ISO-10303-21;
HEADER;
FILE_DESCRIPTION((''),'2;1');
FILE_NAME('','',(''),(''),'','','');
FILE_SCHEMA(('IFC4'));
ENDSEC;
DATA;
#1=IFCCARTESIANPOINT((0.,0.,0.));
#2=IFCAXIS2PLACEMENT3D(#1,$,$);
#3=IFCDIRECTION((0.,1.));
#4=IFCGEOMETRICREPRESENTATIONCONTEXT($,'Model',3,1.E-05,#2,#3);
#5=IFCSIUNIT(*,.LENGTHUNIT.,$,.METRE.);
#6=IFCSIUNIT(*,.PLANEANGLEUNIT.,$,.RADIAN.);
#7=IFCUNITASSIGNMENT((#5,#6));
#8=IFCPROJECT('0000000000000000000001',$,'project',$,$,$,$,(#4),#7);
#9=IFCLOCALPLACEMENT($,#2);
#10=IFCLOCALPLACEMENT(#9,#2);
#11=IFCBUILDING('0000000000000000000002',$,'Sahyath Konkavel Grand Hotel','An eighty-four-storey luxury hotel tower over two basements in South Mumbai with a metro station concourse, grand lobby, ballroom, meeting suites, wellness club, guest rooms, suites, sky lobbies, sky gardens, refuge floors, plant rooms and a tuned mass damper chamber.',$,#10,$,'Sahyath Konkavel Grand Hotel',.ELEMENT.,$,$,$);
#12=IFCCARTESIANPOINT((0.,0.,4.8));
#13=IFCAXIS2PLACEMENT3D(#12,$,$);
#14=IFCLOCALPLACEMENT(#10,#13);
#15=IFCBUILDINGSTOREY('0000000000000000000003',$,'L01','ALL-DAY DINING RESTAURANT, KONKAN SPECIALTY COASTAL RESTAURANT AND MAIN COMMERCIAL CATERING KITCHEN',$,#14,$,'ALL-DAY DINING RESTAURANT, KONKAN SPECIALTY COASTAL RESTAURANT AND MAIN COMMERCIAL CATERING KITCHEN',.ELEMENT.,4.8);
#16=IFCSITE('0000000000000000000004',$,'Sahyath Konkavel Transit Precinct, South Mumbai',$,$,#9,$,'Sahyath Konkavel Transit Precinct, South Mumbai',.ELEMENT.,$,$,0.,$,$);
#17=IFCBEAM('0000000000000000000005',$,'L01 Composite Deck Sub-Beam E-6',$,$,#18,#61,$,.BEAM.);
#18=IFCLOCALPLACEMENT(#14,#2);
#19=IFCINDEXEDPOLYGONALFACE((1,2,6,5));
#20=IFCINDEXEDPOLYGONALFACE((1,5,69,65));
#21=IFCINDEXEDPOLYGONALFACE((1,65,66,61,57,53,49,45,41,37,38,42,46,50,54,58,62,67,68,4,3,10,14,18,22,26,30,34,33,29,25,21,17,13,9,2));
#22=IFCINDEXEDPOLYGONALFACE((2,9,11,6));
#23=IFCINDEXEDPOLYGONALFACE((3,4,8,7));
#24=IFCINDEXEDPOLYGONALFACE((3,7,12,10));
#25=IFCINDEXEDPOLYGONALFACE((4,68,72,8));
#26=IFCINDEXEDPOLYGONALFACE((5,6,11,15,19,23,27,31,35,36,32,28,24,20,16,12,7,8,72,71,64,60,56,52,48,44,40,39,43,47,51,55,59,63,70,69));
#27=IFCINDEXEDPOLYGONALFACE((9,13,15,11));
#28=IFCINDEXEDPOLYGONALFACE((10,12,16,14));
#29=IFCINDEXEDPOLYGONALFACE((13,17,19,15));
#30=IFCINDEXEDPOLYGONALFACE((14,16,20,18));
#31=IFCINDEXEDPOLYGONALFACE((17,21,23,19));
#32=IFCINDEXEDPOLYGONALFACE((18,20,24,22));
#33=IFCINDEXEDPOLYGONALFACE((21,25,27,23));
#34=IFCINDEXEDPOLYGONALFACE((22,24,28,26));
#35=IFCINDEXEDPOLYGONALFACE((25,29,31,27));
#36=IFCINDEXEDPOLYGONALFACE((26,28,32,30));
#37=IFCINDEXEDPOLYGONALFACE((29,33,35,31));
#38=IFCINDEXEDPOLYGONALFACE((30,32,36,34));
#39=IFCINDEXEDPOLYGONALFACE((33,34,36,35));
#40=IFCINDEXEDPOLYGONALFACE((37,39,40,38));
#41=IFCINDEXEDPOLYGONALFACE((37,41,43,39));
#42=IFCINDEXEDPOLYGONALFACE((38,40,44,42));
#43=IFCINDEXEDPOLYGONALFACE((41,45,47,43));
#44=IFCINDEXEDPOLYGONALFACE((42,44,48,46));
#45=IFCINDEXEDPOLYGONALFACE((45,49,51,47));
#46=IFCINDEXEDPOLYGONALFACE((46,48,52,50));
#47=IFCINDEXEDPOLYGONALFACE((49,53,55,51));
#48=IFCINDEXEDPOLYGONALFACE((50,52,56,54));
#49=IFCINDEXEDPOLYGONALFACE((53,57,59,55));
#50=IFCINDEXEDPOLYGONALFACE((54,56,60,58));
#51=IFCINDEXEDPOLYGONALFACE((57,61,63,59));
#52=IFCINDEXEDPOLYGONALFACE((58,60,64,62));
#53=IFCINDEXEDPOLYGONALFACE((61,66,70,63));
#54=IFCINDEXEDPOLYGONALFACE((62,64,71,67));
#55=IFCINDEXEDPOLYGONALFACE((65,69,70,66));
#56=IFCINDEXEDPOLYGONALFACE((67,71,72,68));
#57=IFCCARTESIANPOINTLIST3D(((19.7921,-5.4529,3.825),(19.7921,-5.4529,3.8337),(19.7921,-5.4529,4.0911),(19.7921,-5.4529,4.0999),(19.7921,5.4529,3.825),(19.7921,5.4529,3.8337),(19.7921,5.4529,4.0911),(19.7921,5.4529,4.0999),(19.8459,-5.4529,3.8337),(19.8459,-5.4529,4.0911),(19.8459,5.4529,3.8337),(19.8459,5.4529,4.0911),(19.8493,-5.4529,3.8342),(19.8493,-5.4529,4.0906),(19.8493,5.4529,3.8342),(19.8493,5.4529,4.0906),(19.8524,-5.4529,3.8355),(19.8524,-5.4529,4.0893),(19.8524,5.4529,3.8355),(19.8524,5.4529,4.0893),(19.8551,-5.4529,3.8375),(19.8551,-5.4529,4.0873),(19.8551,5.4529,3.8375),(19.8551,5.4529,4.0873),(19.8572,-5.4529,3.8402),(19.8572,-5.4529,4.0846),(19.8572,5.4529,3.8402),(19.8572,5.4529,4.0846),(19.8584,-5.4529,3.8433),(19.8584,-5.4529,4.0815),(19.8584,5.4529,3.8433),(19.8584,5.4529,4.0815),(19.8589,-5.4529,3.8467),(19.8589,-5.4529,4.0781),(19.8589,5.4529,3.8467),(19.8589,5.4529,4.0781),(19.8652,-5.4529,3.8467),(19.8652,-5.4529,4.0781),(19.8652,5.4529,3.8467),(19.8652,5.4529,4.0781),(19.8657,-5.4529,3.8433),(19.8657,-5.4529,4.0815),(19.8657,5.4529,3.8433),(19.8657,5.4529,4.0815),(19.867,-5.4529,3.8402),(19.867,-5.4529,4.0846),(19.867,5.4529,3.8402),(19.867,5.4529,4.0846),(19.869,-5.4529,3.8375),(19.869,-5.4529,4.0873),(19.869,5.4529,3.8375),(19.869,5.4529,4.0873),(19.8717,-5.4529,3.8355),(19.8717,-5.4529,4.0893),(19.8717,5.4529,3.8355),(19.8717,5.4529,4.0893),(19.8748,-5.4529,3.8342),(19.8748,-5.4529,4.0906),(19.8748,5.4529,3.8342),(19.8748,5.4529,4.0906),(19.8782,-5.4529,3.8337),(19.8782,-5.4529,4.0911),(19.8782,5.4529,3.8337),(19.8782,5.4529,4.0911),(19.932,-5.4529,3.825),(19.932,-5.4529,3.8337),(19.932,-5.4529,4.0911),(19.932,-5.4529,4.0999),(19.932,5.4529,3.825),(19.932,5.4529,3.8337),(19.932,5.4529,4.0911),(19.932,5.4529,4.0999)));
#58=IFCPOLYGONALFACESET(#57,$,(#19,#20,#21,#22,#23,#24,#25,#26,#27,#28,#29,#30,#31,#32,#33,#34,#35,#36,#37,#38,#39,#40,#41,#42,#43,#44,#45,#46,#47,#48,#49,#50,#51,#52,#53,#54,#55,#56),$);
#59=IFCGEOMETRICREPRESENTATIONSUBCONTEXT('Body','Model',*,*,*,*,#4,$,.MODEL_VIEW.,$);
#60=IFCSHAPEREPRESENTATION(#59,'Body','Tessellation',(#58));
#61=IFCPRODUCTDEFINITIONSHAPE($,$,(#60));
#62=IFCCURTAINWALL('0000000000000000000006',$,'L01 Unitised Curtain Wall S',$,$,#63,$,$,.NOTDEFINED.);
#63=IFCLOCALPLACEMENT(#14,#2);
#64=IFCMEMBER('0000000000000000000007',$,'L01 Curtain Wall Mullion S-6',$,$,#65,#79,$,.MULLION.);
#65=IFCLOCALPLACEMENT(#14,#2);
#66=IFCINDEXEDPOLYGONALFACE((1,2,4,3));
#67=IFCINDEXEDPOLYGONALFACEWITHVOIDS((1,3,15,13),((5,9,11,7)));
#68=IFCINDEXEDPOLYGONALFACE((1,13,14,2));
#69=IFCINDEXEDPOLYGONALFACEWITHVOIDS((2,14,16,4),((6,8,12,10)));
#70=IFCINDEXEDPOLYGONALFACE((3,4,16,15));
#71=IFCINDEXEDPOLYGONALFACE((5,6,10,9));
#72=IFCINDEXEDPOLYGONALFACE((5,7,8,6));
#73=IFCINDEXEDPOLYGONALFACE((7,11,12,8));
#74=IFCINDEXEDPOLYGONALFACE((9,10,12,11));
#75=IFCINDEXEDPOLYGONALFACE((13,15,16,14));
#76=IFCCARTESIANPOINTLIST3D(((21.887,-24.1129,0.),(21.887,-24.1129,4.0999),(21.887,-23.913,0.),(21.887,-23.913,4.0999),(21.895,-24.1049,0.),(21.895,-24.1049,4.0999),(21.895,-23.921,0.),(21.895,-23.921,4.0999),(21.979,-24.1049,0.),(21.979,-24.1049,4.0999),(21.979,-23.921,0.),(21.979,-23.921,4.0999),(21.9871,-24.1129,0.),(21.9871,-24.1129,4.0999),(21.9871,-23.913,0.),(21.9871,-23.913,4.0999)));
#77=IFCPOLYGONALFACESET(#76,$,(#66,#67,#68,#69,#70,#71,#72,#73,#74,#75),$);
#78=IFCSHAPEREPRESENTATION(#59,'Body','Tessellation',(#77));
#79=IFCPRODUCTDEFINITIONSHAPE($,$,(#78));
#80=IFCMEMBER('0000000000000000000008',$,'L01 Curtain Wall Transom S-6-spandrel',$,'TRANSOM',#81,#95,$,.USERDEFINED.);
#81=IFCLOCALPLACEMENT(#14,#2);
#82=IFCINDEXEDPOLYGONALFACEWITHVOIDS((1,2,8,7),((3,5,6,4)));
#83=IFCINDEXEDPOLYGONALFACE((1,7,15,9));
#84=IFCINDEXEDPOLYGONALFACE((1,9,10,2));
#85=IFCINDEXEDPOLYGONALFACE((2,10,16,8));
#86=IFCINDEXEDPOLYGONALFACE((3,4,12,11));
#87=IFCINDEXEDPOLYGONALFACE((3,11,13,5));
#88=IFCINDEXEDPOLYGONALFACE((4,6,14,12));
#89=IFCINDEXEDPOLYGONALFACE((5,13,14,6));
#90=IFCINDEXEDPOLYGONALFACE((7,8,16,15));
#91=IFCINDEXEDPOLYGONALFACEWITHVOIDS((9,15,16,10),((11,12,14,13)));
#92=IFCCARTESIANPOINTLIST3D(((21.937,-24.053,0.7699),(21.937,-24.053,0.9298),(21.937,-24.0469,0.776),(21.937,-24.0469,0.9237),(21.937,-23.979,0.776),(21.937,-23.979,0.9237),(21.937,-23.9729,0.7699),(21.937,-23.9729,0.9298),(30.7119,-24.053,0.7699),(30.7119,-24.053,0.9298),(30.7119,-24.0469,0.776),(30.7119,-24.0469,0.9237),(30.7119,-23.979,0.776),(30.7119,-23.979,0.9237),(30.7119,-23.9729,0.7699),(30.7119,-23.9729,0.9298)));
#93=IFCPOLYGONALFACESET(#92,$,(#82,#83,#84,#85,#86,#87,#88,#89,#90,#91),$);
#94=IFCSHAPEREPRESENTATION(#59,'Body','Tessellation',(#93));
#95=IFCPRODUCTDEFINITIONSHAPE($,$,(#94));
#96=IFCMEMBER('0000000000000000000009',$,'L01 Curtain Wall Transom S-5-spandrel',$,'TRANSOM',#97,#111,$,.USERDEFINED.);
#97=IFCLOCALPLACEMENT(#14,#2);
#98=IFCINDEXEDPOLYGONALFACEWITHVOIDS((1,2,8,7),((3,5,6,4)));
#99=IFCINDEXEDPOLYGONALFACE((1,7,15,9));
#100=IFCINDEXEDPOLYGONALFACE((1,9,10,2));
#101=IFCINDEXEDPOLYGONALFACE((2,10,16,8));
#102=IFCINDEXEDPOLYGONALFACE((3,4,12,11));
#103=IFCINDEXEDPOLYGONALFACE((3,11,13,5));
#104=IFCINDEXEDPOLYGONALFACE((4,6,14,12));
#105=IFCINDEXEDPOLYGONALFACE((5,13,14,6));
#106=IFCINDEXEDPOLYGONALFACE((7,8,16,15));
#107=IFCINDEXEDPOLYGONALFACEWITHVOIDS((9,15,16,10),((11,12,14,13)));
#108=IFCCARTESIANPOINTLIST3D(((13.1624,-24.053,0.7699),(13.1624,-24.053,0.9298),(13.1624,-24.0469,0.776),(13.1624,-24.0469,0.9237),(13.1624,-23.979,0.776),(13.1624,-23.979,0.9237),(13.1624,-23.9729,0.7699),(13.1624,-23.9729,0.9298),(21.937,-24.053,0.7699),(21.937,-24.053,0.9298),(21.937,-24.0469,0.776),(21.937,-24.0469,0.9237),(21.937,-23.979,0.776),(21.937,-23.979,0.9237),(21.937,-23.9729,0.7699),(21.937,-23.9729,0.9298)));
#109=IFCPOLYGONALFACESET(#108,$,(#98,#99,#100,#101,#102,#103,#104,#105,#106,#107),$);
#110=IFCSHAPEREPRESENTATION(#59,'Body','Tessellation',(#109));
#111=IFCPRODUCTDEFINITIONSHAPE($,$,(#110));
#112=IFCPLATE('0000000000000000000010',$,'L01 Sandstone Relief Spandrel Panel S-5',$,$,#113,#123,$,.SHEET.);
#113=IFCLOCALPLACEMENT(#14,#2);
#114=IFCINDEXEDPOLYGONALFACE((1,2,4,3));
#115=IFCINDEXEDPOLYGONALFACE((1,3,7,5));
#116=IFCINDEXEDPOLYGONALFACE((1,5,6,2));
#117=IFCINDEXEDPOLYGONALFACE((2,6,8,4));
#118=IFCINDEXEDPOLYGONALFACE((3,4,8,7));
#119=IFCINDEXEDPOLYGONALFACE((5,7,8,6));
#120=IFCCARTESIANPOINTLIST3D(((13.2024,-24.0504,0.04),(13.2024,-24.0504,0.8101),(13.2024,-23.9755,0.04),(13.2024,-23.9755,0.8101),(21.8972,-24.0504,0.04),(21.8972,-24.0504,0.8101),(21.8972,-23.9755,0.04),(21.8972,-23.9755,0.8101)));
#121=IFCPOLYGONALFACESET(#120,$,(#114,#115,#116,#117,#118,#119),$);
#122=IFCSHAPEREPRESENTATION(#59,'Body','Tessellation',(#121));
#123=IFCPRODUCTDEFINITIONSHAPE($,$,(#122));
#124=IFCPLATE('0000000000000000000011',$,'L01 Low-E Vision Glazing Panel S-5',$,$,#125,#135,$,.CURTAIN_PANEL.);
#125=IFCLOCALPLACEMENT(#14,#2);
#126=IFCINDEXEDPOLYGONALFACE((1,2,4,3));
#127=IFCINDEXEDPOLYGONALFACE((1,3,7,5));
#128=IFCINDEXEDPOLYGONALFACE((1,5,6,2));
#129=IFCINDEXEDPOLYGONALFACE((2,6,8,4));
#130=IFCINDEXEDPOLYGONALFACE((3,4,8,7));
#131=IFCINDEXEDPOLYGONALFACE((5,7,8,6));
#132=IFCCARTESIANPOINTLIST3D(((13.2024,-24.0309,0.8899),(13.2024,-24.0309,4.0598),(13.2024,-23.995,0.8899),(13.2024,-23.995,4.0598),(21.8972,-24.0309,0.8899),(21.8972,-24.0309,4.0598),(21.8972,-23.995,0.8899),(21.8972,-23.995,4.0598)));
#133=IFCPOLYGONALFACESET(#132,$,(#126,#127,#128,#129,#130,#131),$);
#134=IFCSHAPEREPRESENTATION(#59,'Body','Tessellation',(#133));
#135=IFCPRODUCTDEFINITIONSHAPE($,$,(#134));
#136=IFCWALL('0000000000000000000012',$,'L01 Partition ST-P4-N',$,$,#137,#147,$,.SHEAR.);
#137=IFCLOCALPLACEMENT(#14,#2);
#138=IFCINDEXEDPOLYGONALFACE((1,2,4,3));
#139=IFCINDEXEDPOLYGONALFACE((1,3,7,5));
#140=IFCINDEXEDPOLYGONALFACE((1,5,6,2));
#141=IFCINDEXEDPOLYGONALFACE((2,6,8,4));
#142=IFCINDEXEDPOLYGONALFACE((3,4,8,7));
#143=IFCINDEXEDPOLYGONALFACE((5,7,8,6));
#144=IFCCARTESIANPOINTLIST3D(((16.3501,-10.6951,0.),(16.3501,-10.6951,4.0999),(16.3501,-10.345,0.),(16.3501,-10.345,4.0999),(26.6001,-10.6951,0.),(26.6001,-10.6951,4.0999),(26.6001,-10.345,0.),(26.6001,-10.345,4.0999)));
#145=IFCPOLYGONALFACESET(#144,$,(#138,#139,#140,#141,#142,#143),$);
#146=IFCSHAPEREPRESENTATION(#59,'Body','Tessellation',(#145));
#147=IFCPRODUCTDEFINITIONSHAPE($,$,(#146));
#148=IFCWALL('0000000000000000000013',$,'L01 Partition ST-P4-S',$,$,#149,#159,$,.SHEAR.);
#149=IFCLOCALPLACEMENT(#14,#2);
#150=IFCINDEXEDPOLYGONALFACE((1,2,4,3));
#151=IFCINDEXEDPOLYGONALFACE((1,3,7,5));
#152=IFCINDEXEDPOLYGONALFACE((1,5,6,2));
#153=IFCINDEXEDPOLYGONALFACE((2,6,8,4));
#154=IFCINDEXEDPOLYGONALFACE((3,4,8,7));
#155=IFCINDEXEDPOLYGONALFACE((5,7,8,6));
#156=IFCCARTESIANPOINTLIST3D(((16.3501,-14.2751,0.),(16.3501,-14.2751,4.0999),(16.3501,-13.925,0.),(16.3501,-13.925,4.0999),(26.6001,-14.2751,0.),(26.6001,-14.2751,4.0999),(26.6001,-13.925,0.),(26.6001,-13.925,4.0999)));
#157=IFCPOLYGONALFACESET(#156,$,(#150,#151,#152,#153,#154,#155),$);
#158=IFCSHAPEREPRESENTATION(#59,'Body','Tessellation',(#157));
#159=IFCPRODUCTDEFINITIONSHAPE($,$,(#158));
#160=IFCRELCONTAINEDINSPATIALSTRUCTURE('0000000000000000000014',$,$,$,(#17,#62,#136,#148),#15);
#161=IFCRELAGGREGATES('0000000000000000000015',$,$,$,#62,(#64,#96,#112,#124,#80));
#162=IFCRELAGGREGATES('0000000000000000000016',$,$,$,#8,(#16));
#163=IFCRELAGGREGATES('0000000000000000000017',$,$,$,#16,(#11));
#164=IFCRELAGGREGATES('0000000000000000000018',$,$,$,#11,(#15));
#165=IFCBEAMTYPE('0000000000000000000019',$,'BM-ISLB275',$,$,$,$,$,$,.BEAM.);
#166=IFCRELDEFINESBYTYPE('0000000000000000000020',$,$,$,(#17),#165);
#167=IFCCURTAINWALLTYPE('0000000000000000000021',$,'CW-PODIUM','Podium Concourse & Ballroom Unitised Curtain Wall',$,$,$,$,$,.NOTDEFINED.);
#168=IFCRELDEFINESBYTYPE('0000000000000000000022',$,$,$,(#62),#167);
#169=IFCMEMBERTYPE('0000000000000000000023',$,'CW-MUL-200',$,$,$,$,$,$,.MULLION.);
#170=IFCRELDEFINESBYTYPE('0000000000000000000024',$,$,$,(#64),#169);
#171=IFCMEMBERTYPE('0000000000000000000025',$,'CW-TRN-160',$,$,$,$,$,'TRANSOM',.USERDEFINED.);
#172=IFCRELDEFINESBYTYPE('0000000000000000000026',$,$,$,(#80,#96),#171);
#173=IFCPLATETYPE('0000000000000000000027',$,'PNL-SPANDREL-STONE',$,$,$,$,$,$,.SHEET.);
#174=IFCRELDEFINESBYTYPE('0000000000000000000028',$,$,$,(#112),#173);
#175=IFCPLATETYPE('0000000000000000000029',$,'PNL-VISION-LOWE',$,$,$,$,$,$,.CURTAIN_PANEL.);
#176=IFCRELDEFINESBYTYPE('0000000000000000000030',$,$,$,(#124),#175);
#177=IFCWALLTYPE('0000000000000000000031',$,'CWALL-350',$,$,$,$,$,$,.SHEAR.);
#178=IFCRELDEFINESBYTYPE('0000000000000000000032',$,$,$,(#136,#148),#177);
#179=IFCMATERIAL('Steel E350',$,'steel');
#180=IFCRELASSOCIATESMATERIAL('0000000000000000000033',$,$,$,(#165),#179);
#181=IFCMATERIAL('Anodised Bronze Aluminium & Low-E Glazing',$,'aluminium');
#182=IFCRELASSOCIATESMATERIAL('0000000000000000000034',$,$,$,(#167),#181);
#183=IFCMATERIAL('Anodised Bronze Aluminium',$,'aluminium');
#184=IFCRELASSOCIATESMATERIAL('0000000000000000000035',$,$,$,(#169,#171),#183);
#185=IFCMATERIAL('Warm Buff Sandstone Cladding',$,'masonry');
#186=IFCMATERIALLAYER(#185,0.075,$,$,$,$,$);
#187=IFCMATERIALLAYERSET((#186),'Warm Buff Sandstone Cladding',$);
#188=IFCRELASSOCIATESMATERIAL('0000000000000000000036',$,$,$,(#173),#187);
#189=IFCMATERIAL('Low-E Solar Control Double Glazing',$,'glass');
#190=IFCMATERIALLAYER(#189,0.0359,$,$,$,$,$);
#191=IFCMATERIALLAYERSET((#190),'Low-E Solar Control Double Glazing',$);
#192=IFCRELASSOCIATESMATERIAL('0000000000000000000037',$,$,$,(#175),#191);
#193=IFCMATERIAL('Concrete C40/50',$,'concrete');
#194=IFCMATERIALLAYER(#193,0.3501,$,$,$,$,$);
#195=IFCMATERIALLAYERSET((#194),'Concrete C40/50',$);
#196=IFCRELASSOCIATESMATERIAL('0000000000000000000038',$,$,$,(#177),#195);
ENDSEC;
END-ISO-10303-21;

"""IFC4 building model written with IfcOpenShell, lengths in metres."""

from ifc_helpers import new_model, si_unit, direction, frame, frame_2d, origin, origin_2d, place, context, subcontext, project, spatial, rectangle, hollow_rectangle, i_section, extrude, source, transform, mapped, material, layer, layer_set, material_profile, profile_set, type_object, element, aggregate, save


model = new_model("IFC4")

# Units and contexts
model_context = context("Model", 3, precision=1e-05, world=origin(), true_north=direction((0.0, 1.0)))
body_context = subcontext(model_context, "Body", "Model", "MODEL_VIEW")
ifc_project = project(units=[si_unit("LENGTHUNIT", "METRE"), si_unit("PLANEANGLEUNIT", "RADIAN")], contexts=[model_context])

# Site, building, storey
site_placement = place(None, origin())
site = spatial("IfcSite", under=ifc_project, at=site_placement, Name="Sahyath Konkavel Transit Precinct, South Mumbai", LongName="Sahyath Konkavel Transit Precinct, South Mumbai", CompositionType="ELEMENT", RefElevation=0.0)
building_placement = place(site_placement, origin())
building = spatial("IfcBuilding", under=site, at=building_placement, Name="Sahyath Konkavel Grand Hotel", Description="An eighty-four-storey luxury hotel tower over two basements in South Mumbai with a metro station concourse, grand lobby, ballroom, meeting suites, wellness club, guest rooms, suites, sky lobbies, sky gardens, refuge floors, plant rooms and a tuned mass damper chamber.", LongName="Sahyath Konkavel Grand Hotel", CompositionType="ELEMENT")
storey_placement = place(building_placement, frame((0.0, 0.0, 4.8)))
storey = spatial("IfcBuildingStorey", under=building, at=storey_placement, Name="L01", Description="ALL-DAY DINING RESTAURANT, KONKAN SPECIALTY COASTAL RESTAURANT AND MAIN COMMERCIAL CATERING KITCHEN", LongName="ALL-DAY DINING RESTAURANT, KONKAN SPECIALTY COASTAL RESTAURANT AND MAIN COMMERCIAL CATERING KITCHEN", CompositionType="ELEMENT", Elevation=4.8)

# Beam
ifc_material_1 = material(Name="Steel E350", Category="steel")
ifc_material_profile_1 = material_profile(ifc_material_1, i_section(OverallWidth=0.1399, OverallDepth=0.2749, WebThickness=0.0063, FlangeThickness=0.0088, FilletRadius=0.0129, at=origin_2d()), Name="ISLB 275")
ifc_profile_set_1 = profile_set([ifc_material_profile_1], Name="Steel E350")
beam_type_1 = type_object("IfcBeamType", Name="BM-ISLB275", PredefinedType="BEAM", material=ifc_profile_set_1)
shared_shape_1 = source(origin(), body_context, "Body", "SweptSolid", [
    extrude(i_section(OverallWidth=0.1399, OverallDepth=0.2749, WebThickness=0.0063, FlangeThickness=0.0088, FilletRadius=0.0129, at=origin_2d()), origin(), (0.0, 0.0, 1.0), 10.9058),
])
beam_1_placement = place(storey_placement, frame((19.8621, -5.4529, 3.9624), z_axis=(0.0, 1.0, 0.0), x_axis=(-1.0, 0.0, 0.0)))
element("IfcBeam", 1, at=beam_1_placement, inside=storey, type_object=beam_type_1, Name="L01 Composite Deck Sub-Beam E-6", PredefinedType="BEAM", context=body_context, shape_type="MappedRepresentation", body=[
    mapped(shared_shape_1, transform((0.0, 0.0, 0.0), scale=1.0)),
])

# Curtain wall, members, plates
ifc_material_2 = material(Name="Anodised Bronze Aluminium & Low-E Glazing", Category="aluminium")
curtain_wall_type = type_object("IfcCurtainWallType", Name="CW-PODIUM", Description="Podium Concourse & Ballroom Unitised Curtain Wall", PredefinedType="NOTDEFINED", material=ifc_material_2)
curtain_wall_placement = place(storey_placement, origin())
curtain_wall = element("IfcCurtainWall", 2, at=curtain_wall_placement, inside=storey, type_object=curtain_wall_type, Name="L01 Unitised Curtain Wall S", PredefinedType="NOTDEFINED")
ifc_material_3 = material(Name="Anodised Bronze Aluminium", Category="aluminium")
ifc_material_profile_2 = material_profile(ifc_material_3, hollow_rectangle(XDim=0.1001, YDim=0.2, WallThickness=0.0081, at=origin_2d()), Name="RHS 200x100x8")
ifc_profile_set_2 = profile_set([ifc_material_profile_2], Name="Anodised Bronze Aluminium")
member_type_1 = type_object("IfcMemberType", Name="CW-MUL-200", PredefinedType="MULLION", material=ifc_profile_set_2)
shared_shape_2 = source(origin(), body_context, "Body", "SweptSolid", [
    extrude(hollow_rectangle(XDim=0.1001, YDim=0.2, WallThickness=0.0081, at=origin_2d()), origin(), (0.0, 0.0, 1.0), 4.0999),
])
member_1_placement = place(storey_placement, frame((21.937, -24.0129, 0.0), z_axis=(0.0, 0.0, 1.0), x_axis=(1.0, 0.0, 0.0)))
member_1 = element("IfcMember", 3, at=member_1_placement, type_object=member_type_1, Name="L01 Curtain Wall Mullion S-6", PredefinedType="MULLION", context=body_context, shape_type="MappedRepresentation", body=[
    mapped(shared_shape_2, transform((0.0, 0.0, 0.0), scale=1.0)),
])
ifc_material_profile_3 = material_profile(ifc_material_3, hollow_rectangle(XDim=0.0801, YDim=0.1599, WallThickness=0.0061, at=origin_2d()), Name="RHS 160x80x6")
ifc_profile_set_3 = profile_set([ifc_material_profile_3], Name="Anodised Bronze Aluminium")
member_type_2 = type_object("IfcMemberType", Name="CW-TRN-160", ElementType="TRANSOM", PredefinedType="USERDEFINED", material=ifc_profile_set_3)
shared_shape_3 = source(origin(), body_context, "Body", "SweptSolid", [
    extrude(hollow_rectangle(XDim=0.0801, YDim=0.1599, WallThickness=0.0061, at=origin_2d()), origin(), (0.0, 0.0, 1.0), 8.7749),
])
member_2_placement = place(storey_placement, frame((21.937, -24.0129, 0.8499), z_axis=(1.0, 0.0, 0.0), x_axis=(0.0, 1.0, 0.0)))
member_2 = element("IfcMember", 4, at=member_2_placement, type_object=member_type_2, Name="L01 Curtain Wall Transom S-6-spandrel", ObjectType="TRANSOM", PredefinedType="USERDEFINED", context=body_context, shape_type="MappedRepresentation", body=[
    mapped(shared_shape_3, transform((0.0, 0.0, 0.0), scale=1.0)),
])
shared_shape_4 = source(origin(), body_context, "Body", "SweptSolid", [
    extrude(hollow_rectangle(XDim=0.0801, YDim=0.1599, WallThickness=0.0061, at=origin_2d()), origin(), (0.0, 0.0, 1.0), 8.7747),
])
member_3_placement = place(storey_placement, frame((13.1624, -24.0129, 0.8499), z_axis=(1.0, 0.0, 0.0), x_axis=(0.0, 1.0, 0.0)))
member_3 = element("IfcMember", 5, at=member_3_placement, type_object=member_type_2, Name="L01 Curtain Wall Transom S-5-spandrel", ObjectType="TRANSOM", PredefinedType="USERDEFINED", context=body_context, shape_type="MappedRepresentation", body=[
    mapped(shared_shape_4, transform((0.0, 0.0, 0.0), scale=1.0)),
])
ifc_material_4 = material(Name="Warm Buff Sandstone Cladding", Category="masonry")
ifc_layer_1 = layer(ifc_material_4, 0.075)
ifc_layer_set_1 = layer_set([ifc_layer_1], Name="Warm Buff Sandstone Cladding")
plate_type_1 = type_object("IfcPlateType", Name="PNL-SPANDREL-STONE", PredefinedType="SHEET", material=ifc_layer_set_1)
shared_shape_5 = source(origin(), body_context, "Body", "SweptSolid", [
    extrude(rectangle(XDim=8.6948, YDim=0.075, at=origin_2d()), origin(), (0.0, 0.0, 1.0), 0.77),
])
plate_1_placement = place(storey_placement, frame((17.5498, -24.0129, 0.04), z_axis=(0.0, 0.0, 1.0), x_axis=(1.0, 0.0, 0.0)))
plate_1 = element("IfcPlate", 6, at=plate_1_placement, type_object=plate_type_1, Name="L01 Sandstone Relief Spandrel Panel S-5", PredefinedType="SHEET", context=body_context, shape_type="MappedRepresentation", body=[
    mapped(shared_shape_5, transform((0.0, 0.0, 0.0), scale=1.0)),
])
ifc_material_5 = material(Name="Low-E Solar Control Double Glazing", Category="glass")
ifc_layer_2 = layer(ifc_material_5, 0.0359)
ifc_layer_set_2 = layer_set([ifc_layer_2], Name="Low-E Solar Control Double Glazing")
plate_type_2 = type_object("IfcPlateType", Name="PNL-VISION-LOWE", PredefinedType="CURTAIN_PANEL", material=ifc_layer_set_2)
shared_shape_6 = source(origin(), body_context, "Body", "SweptSolid", [
    extrude(rectangle(XDim=8.6948, YDim=0.0359, at=origin_2d()), origin(), (0.0, 0.0, 1.0), 3.1699),
])
plate_2_placement = place(storey_placement, frame((17.5498, -24.0129, 0.8899), z_axis=(0.0, 0.0, 1.0), x_axis=(1.0, 0.0, 0.0)))
plate_2 = element("IfcPlate", 7, at=plate_2_placement, type_object=plate_type_2, Name="L01 Low-E Vision Glazing Panel S-5", PredefinedType="CURTAIN_PANEL", context=body_context, shape_type="MappedRepresentation", body=[
    mapped(shared_shape_6, transform((0.0, 0.0, 0.0), scale=1.0)),
])
aggregate(curtain_wall, [member_1, member_3, plate_1, plate_2, member_2])

# Walls
ifc_material_6 = material(Name="Concrete C40/50", Category="concrete")
ifc_layer_3 = layer(ifc_material_6, 0.3501)
ifc_layer_set_3 = layer_set([ifc_layer_3], Name="Concrete C40/50")
wall_type_1 = type_object("IfcWallType", Name="CWALL-350", PredefinedType="SHEAR", material=ifc_layer_set_3)
for number, where, z_axis, x_axis, name in (
    (8, (16.3501, -10.52, 0.0), (0.0, 0.0, 1.0), (1.0, 0.0, 0.0), "L01 Partition ST-P4-N"),
    (9, (16.3501, -14.1001, 0.0), (0.0, 0.0, 1.0), (1.0, 0.0, 0.0), "L01 Partition ST-P4-S"),
):
    element("IfcWall", number, at=place(storey_placement, frame(where, z_axis=z_axis, x_axis=x_axis)), inside=storey, type_object=wall_type_1, Name=name, PredefinedType="SHEAR", context=body_context, shape_type="SweptSolid", body=[
        extrude(rectangle(XDim=10.25, YDim=0.3501, at=frame_2d((5.125, 0.0))), origin(), (0.0, 0.0, 1.0), 4.0999),
    ])

save(model, "model.ifc")
